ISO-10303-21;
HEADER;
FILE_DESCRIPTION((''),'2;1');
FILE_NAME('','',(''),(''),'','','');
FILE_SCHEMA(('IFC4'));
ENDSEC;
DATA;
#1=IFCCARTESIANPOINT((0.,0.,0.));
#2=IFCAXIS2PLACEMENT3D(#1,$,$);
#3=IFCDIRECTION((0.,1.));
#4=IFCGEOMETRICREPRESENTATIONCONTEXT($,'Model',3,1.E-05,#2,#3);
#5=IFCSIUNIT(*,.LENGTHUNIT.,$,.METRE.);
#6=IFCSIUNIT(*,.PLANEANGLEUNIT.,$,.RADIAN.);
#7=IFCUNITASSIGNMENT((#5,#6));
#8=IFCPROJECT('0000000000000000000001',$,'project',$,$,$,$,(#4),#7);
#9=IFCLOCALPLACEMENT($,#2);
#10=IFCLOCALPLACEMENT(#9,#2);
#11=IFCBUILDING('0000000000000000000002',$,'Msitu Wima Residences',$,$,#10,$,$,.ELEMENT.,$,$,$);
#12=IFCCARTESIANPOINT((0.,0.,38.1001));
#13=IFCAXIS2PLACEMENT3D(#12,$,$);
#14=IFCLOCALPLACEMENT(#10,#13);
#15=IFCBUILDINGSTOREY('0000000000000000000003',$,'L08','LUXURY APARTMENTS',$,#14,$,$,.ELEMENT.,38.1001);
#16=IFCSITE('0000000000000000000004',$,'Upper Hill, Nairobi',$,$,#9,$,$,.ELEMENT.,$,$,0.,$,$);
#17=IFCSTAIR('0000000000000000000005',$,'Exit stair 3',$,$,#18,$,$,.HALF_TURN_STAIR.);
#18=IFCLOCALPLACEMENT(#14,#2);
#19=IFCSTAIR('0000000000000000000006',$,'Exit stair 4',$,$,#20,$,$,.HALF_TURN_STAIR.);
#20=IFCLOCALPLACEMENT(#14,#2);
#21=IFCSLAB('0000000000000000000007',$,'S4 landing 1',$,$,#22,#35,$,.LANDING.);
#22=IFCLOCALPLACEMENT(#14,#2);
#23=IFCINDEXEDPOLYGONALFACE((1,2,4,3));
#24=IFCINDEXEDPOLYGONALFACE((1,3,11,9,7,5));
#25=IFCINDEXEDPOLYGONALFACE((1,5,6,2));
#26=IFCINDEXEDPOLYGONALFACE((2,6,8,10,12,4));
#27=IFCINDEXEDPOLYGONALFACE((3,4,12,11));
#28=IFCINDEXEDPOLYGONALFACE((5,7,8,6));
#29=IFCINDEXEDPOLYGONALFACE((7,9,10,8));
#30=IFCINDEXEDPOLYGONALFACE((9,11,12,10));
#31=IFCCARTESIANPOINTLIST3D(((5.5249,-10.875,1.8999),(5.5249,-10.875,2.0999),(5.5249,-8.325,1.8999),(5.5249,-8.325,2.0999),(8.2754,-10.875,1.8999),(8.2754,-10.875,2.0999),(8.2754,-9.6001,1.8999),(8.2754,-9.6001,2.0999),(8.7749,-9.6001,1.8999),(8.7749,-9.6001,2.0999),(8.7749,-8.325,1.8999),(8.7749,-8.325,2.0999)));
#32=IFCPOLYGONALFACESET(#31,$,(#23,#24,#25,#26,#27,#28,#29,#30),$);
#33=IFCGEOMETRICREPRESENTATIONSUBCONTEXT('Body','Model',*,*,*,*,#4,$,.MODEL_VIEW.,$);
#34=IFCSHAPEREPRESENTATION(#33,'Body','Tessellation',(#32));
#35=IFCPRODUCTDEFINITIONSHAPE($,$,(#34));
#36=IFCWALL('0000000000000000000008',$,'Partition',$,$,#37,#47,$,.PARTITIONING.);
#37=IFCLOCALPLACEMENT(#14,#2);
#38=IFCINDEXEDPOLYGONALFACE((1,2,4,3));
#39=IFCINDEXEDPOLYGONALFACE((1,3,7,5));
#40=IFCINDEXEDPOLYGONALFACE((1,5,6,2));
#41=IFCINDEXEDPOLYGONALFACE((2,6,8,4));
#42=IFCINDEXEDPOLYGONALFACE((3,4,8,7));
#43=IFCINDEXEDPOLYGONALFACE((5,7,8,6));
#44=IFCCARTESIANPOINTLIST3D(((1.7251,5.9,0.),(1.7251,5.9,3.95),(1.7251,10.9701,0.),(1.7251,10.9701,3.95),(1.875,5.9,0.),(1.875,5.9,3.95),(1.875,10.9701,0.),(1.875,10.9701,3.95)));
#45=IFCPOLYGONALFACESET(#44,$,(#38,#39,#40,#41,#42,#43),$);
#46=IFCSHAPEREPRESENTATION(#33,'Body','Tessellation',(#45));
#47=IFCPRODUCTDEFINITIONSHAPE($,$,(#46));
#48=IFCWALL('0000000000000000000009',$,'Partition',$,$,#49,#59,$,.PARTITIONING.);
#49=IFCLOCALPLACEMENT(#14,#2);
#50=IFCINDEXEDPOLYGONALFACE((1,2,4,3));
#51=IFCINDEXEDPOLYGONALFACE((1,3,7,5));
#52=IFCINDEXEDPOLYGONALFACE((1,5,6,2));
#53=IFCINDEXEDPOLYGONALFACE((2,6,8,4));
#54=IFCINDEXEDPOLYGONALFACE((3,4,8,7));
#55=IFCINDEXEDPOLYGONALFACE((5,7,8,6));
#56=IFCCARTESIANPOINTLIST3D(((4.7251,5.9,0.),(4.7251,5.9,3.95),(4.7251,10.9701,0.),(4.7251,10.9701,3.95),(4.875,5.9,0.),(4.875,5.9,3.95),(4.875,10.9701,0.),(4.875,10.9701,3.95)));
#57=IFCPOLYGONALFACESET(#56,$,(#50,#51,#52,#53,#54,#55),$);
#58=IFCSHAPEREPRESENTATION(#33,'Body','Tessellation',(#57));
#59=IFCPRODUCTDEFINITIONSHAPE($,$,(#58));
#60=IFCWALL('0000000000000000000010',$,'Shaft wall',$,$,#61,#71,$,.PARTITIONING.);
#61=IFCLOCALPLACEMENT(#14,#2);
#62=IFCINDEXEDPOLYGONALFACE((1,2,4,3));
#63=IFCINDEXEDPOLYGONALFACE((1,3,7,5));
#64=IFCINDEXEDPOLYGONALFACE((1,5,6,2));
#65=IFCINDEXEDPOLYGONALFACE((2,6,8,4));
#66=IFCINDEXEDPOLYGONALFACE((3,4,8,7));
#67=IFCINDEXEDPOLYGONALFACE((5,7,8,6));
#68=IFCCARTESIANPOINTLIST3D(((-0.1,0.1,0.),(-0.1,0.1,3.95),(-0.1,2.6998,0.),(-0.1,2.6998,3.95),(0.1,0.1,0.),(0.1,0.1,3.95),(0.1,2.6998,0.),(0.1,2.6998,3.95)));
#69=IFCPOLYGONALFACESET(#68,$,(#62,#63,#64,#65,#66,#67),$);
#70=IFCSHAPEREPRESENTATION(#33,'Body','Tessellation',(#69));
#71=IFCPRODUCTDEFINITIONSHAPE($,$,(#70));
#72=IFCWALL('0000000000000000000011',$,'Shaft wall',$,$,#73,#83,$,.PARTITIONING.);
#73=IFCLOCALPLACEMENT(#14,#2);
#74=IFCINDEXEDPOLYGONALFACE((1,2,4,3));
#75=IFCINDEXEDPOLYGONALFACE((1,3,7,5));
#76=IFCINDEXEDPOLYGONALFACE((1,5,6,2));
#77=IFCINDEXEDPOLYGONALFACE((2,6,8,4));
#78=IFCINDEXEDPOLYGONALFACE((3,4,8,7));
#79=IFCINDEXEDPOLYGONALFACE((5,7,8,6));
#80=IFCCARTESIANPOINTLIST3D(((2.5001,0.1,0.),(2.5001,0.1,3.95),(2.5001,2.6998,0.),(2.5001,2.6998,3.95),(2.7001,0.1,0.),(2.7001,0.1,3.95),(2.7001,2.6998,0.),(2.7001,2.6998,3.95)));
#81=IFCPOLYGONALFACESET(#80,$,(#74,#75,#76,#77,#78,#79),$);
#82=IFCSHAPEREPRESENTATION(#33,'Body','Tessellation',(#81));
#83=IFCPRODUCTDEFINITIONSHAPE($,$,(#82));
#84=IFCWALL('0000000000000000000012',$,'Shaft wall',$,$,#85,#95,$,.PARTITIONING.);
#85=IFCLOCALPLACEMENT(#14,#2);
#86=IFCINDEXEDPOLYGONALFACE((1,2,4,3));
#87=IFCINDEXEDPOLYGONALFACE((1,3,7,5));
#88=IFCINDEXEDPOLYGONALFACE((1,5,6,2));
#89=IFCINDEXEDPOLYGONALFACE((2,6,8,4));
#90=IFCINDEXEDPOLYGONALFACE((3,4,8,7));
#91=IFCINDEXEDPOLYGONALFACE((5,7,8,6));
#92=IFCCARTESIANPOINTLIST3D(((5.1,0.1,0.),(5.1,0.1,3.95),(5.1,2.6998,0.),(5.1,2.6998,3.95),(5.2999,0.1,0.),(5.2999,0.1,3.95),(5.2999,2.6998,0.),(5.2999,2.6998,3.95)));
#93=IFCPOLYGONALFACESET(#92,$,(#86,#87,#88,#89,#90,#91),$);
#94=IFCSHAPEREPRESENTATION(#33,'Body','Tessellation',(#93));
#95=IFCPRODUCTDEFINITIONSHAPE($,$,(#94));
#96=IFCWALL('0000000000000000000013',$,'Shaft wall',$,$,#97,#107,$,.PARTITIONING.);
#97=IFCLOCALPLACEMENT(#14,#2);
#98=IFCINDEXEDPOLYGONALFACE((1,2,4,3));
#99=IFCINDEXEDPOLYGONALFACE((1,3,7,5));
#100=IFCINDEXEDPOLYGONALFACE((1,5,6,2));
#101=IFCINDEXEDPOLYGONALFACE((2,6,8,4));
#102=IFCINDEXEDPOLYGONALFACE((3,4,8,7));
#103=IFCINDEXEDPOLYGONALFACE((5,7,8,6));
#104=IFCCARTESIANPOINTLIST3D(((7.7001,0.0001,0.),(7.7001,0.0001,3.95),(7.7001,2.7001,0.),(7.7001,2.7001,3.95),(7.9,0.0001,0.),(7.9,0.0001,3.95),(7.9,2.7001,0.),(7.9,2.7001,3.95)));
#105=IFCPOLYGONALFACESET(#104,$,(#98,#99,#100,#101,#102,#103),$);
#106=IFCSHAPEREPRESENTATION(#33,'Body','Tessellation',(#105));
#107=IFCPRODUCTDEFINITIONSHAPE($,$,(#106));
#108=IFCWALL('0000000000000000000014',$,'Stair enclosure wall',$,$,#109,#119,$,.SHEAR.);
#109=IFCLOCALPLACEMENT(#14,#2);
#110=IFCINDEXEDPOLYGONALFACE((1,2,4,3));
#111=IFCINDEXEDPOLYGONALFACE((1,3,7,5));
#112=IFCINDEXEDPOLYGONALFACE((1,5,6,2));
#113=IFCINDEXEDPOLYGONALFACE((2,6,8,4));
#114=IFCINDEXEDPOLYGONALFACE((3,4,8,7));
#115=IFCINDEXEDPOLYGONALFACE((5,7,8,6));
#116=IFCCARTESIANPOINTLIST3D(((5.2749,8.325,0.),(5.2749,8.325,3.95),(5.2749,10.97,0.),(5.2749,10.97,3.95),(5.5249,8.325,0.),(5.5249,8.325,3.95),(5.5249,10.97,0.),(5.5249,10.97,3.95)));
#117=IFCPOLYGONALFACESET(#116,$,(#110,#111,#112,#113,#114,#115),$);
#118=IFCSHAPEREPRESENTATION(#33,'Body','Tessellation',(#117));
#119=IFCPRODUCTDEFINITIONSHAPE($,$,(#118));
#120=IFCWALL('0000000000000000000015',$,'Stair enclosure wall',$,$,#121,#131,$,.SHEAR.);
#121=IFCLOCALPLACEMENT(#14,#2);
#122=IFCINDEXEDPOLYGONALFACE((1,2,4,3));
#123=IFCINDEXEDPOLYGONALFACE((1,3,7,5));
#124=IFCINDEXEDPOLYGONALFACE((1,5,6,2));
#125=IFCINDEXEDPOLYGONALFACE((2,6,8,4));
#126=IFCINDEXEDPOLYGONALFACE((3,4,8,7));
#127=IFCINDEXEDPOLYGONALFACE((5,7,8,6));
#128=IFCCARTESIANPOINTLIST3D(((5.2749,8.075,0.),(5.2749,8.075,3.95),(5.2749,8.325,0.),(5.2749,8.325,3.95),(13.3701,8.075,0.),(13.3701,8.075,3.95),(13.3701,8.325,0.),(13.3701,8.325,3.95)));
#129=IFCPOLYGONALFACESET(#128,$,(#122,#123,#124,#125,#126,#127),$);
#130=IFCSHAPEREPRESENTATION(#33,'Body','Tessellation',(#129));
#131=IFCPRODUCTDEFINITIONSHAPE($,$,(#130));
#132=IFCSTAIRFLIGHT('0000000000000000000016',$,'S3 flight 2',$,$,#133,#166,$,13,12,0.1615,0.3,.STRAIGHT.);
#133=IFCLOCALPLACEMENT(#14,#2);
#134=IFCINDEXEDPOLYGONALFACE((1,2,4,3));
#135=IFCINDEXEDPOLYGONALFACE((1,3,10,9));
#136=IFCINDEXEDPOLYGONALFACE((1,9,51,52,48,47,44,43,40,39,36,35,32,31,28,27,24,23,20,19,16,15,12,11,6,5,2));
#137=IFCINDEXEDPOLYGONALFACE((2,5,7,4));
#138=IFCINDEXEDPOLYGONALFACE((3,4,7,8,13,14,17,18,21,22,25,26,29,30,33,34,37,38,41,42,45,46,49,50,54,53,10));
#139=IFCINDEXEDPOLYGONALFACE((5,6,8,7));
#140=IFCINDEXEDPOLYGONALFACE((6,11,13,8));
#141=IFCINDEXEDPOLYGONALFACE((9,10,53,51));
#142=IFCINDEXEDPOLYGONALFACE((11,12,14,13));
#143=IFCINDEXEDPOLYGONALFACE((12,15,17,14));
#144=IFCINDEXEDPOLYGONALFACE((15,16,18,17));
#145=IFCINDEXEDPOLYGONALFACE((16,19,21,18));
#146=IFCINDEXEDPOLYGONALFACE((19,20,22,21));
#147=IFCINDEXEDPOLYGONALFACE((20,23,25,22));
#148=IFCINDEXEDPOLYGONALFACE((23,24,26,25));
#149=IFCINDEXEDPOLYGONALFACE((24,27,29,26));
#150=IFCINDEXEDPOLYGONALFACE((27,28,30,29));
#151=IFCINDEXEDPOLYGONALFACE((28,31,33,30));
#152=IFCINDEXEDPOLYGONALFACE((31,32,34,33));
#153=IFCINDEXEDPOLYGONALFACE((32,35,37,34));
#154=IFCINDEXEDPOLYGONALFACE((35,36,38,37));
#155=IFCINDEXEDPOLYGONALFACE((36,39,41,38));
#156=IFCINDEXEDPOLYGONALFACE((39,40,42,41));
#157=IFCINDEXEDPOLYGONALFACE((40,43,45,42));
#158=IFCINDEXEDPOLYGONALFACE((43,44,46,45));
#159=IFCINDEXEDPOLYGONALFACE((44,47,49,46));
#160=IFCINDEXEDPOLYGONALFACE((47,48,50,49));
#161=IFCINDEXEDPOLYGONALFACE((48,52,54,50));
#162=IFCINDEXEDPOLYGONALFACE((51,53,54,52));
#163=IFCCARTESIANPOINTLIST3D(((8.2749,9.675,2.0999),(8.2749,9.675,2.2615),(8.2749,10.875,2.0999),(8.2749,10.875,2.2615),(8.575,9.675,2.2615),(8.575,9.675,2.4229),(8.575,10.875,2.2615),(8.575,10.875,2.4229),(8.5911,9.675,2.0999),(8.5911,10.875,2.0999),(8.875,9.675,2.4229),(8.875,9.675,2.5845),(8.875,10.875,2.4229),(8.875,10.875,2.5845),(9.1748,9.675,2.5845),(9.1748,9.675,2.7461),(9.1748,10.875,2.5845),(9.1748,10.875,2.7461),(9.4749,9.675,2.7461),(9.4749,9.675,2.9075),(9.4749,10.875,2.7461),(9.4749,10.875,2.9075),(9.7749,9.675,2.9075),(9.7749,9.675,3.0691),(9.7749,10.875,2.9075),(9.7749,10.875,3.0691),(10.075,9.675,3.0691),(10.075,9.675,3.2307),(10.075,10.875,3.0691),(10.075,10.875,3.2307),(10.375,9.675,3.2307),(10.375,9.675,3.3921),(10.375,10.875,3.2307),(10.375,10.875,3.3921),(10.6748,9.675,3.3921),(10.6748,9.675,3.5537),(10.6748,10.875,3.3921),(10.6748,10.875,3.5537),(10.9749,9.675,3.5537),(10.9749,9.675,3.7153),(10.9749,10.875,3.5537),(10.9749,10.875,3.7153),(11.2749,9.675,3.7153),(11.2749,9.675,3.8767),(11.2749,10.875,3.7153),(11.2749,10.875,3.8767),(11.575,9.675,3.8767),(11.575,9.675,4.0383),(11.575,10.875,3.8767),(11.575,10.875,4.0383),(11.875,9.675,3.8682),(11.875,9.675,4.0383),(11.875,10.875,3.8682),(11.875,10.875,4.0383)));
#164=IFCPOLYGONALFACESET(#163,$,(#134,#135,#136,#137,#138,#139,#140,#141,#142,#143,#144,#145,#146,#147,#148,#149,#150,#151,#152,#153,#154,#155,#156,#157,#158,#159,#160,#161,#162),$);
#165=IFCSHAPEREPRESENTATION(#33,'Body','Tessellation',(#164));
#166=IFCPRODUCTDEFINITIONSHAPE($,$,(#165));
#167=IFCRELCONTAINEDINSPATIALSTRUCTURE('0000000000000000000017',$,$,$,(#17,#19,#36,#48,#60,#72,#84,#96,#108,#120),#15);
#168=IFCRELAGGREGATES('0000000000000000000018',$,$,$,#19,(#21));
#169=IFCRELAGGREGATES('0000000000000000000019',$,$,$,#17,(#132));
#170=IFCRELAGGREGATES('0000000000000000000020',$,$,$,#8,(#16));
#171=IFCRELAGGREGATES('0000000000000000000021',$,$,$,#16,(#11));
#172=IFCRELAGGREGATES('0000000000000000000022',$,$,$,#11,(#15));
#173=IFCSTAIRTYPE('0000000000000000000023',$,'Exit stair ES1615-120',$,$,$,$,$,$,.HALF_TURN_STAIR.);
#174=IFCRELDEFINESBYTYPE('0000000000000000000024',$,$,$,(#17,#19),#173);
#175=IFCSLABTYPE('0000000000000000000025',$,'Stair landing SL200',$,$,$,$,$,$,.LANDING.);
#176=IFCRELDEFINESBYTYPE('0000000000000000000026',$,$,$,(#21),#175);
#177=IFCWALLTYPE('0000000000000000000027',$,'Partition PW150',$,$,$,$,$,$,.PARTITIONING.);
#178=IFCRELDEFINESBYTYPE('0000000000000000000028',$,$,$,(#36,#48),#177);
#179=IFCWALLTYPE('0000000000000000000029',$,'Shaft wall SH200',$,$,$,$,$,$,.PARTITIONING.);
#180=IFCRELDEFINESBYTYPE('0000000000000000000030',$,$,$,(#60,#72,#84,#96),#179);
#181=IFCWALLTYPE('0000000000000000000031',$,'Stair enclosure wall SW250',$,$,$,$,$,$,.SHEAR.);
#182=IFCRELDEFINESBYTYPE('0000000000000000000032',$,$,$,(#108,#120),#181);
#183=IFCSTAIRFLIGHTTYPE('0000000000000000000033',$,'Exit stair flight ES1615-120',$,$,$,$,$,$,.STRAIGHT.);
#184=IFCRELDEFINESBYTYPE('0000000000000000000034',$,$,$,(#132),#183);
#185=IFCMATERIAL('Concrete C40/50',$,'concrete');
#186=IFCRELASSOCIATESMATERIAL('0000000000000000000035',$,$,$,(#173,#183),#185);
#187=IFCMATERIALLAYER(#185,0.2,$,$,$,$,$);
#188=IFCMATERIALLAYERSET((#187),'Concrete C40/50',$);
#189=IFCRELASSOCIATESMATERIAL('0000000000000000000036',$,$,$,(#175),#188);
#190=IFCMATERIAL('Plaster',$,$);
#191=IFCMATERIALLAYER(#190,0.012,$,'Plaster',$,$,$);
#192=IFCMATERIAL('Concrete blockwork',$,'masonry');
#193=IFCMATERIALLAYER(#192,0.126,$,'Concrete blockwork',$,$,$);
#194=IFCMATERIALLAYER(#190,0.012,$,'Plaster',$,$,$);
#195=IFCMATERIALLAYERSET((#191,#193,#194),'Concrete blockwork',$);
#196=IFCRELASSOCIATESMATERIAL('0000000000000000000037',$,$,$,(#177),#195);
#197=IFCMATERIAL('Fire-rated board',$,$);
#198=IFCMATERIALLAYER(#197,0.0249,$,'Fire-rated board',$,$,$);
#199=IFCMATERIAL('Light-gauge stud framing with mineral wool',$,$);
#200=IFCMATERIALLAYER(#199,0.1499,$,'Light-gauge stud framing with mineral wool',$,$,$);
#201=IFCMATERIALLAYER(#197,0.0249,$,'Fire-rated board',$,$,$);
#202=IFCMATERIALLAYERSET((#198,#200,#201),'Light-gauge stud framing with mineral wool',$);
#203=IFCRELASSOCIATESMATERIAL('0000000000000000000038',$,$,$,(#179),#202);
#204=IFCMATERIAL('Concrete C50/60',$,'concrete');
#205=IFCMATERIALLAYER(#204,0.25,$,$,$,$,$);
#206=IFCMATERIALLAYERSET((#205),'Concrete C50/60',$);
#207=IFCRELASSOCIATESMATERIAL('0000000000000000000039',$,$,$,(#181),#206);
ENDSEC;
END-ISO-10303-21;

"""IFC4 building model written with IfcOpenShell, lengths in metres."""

from ifc_helpers import new_model, si_unit, direction, frame, frame_2d, origin, place, context, subcontext, project, spatial, polyline, rectangle, outline, extrude, material, layer, layer_set, type_object, element, aggregate, save


model = new_model("IFC4")

# Units and contexts
model_context = context("Model", 3, precision=1e-05, world=origin(), true_north=direction((0.0, 1.0)))
body_context = subcontext(model_context, "Body", "Model", "MODEL_VIEW")
ifc_project = project(units=[si_unit("LENGTHUNIT", "METRE"), si_unit("PLANEANGLEUNIT", "RADIAN")], contexts=[model_context])

# Site, building, storey
site_placement = place(None, origin())
site = spatial("IfcSite", under=ifc_project, at=site_placement, Name="Upper Hill, Nairobi", CompositionType="ELEMENT", RefElevation=0.0)
building_placement = place(site_placement, origin())
building = spatial("IfcBuilding", under=site, at=building_placement, Name="Msitu Wima Residences", CompositionType="ELEMENT")
storey_placement = place(building_placement, frame((0.0, 0.0, 38.1001)))
storey = spatial("IfcBuildingStorey", under=building, at=storey_placement, Name="L08", Description="LUXURY APARTMENTS", CompositionType="ELEMENT", Elevation=38.1001)

# Shared definitions
ifc_material_1 = material(Name="Concrete C40/50", Category="concrete")

# Stairs, slab
stair_type = type_object("IfcStairType", Name="Exit stair ES1615-120", PredefinedType="HALF_TURN_STAIR", material=ifc_material_1)
ifc_layer_1 = layer(ifc_material_1, 0.2)
ifc_layer_set_1 = layer_set([ifc_layer_1], Name="Concrete C40/50")
slab_type_1 = type_object("IfcSlabType", Name="Stair landing SL200", PredefinedType="LANDING", material=ifc_layer_set_1)
stair_1_placement = place(storey_placement, origin())
stair_1 = element("IfcStair", 1, at=stair_1_placement, inside=storey, type_object=stair_type, Name="Exit stair 3", PredefinedType="HALF_TURN_STAIR")
stair_2_placement = place(storey_placement, origin())
stair_2 = element("IfcStair", 2, at=stair_2_placement, inside=storey, type_object=stair_type, Name="Exit stair 4", PredefinedType="HALF_TURN_STAIR")
slab_1_placement = place(storey_placement, frame((0.0, 0.0, 1.8999)))
slab_1 = element("IfcSlab", 3, at=slab_1_placement, type_object=slab_type_1, Name="S4 landing 1", PredefinedType="LANDING", context=body_context, shape_type="SweptSolid", body=[
    extrude(outline(polyline([(5.5249, -10.875), (8.2754, -10.875), (8.2754, -9.6001), (8.7749, -9.6001), (8.7749, -8.325), (5.5249, -8.325), (5.5249, -10.875)])), origin(), (0.0, 0.0, 1.0), 0.2),
])
aggregate(stair_2, [slab_1])

# Walls
ifc_material_2 = material(Name="Plaster")
ifc_layer_2 = layer(ifc_material_2, 0.012, Name="Plaster")
ifc_material_3 = material(Name="Concrete blockwork", Category="masonry")
ifc_layer_3 = layer(ifc_material_3, 0.126, Name="Concrete blockwork")
ifc_layer_4 = layer(ifc_material_2, 0.012, Name="Plaster")
ifc_layer_set_2 = layer_set([ifc_layer_2, ifc_layer_3, ifc_layer_4], Name="Concrete blockwork")
wall_type_1 = type_object("IfcWallType", Name="Partition PW150", PredefinedType="PARTITIONING", material=ifc_layer_set_2)
for number, where, z_axis, x_axis, name in (
    (4, (1.8, 5.8999, 0.0), (0.0, 0.0, 1.0), (0.0, 1.0, 0.0), "Partition"),
    (5, (4.8, 5.8999, 0.0), (0.0, 0.0, 1.0), (0.0, 1.0, 0.0), "Partition"),
):
    element("IfcWall", number, at=place(storey_placement, frame(where, z_axis=z_axis, x_axis=x_axis)), inside=storey, type_object=wall_type_1, Name=name, PredefinedType="PARTITIONING", context=body_context, shape_type="SweptSolid", body=[
        extrude(rectangle(XDim=5.0701, YDim=0.1499, at=frame_2d((2.5352, 0.0))), origin(), (0.0, 0.0, 1.0), 3.95),
    ])
ifc_material_4 = material(Name="Fire-rated board")
ifc_layer_5 = layer(ifc_material_4, 0.0249, Name="Fire-rated board")
ifc_material_5 = material(Name="Light-gauge stud framing with mineral wool")
ifc_layer_6 = layer(ifc_material_5, 0.1499, Name="Light-gauge stud framing with mineral wool")
ifc_layer_7 = layer(ifc_material_4, 0.0249, Name="Fire-rated board")
ifc_layer_set_3 = layer_set([ifc_layer_5, ifc_layer_6, ifc_layer_7], Name="Light-gauge stud framing with mineral wool")
wall_type_2 = type_object("IfcWallType", Name="Shaft wall SH200", PredefinedType="PARTITIONING", material=ifc_layer_set_3)
for number, where, z_axis, x_axis, name in (
    (6, (0.0, 0.1001, 0.0), (0.0, 0.0, 1.0), (0.0, 1.0, 0.0), "Shaft wall"),
    (7, (2.6001, 0.1001, 0.0), (0.0, 0.0, 1.0), (0.0, 1.0, 0.0), "Shaft wall"),
    (8, (5.2, 0.1001, 0.0), (0.0, 0.0, 1.0), (0.0, 1.0, 0.0), "Shaft wall"),
):
    element("IfcWall", number, at=place(storey_placement, frame(where, z_axis=z_axis, x_axis=x_axis)), inside=storey, type_object=wall_type_2, Name=name, PredefinedType="PARTITIONING", context=body_context, shape_type="SweptSolid", body=[
        extrude(rectangle(XDim=2.5999, YDim=0.2, at=frame_2d((1.2998, 0.0))), origin(), (0.0, 0.0, 1.0), 3.95),
    ])
wall_1_placement = place(storey_placement, frame((7.8, 0.0, 0.0), z_axis=(0.0, 0.0, 1.0), x_axis=(0.0, 1.0, 0.0)))
element("IfcWall", 9, at=wall_1_placement, inside=storey, type_object=wall_type_2, Name="Shaft wall", PredefinedType="PARTITIONING", context=body_context, shape_type="SweptSolid", body=[
    extrude(rectangle(XDim=2.7, YDim=0.2, at=frame_2d((1.3501, 0.0))), origin(), (0.0, 0.0, 1.0), 3.95),
])
ifc_material_6 = material(Name="Concrete C50/60", Category="concrete")
ifc_layer_8 = layer(ifc_material_6, 0.25)
ifc_layer_set_4 = layer_set([ifc_layer_8], Name="Concrete C50/60")
wall_type_3 = type_object("IfcWallType", Name="Stair enclosure wall SW250", PredefinedType="SHEAR", material=ifc_layer_set_4)
wall_2_placement = place(storey_placement, frame((5.3999, 8.325, 0.0), z_axis=(0.0, 0.0, 1.0), x_axis=(0.0, 1.0, 0.0)))
element("IfcWall", 10, at=wall_2_placement, inside=storey, type_object=wall_type_3, Name="Stair enclosure wall", PredefinedType="SHEAR", context=body_context, shape_type="SweptSolid", body=[
    extrude(rectangle(XDim=2.645, YDim=0.25, at=frame_2d((1.3225, 0.0))), origin(), (0.0, 0.0, 1.0), 3.95),
])
wall_3_placement = place(storey_placement, frame((5.2749, 8.2, 0.0), z_axis=(0.0, 0.0, 1.0), x_axis=(1.0, 0.0, 0.0)))
element("IfcWall", 11, at=wall_3_placement, inside=storey, type_object=wall_type_3, Name="Stair enclosure wall", PredefinedType="SHEAR", context=body_context, shape_type="SweptSolid", body=[
    extrude(rectangle(XDim=8.0952, YDim=0.25, at=frame_2d((4.0476, 0.0))), origin(), (0.0, 0.0, 1.0), 3.95),
])

# Stair flight
stair_flight_type = type_object("IfcStairFlightType", Name="Exit stair flight ES1615-120", PredefinedType="STRAIGHT", material=ifc_material_1)
stair_flight_placement = place(storey_placement, frame((8.2749, 10.2749, 2.0999), z_axis=(0.0, 0.0, 1.0), x_axis=(1.0, 0.0, 0.0)))
stair_flight = element("IfcStairFlight", 12, at=stair_flight_placement, type_object=stair_flight_type, Name="S3 flight 2", NumberOfRisers=13, NumberOfTreads=12, PredefinedType="STRAIGHT", RiserHeight=0.1615, TreadLength=0.3, context=body_context, shape_type="SweptSolid", body=[
    extrude(outline(polyline([(0.0, 0.0), (0.0, 0.1616), (0.3, 0.1616), (0.3, 0.323), (0.6001, 0.323), (0.6001, 0.4846), (0.8999, 0.4846), (0.8999, 0.6462), (1.2, 0.6462), (1.2, 0.8076), (1.5, 0.8076), (1.5, 0.9692), (1.8, 0.9692), (1.8, 1.1309), (2.1001, 1.1309), (2.1001, 1.2922), (2.3999, 1.2922), (2.3999, 1.4539), (2.7, 1.4539), (2.7, 1.6155), (3.0, 1.6155), (3.0, 1.7769), (3.3, 1.7769), (3.3, 1.9385), (3.6001, 1.9385), (3.6001, 2.1001), (3.6001, 1.7683), (0.3162, 0.0), (0.0, 0.0)])), frame((0.0, 0.6001, 0.0), z_axis=(0.0, -1.0, 0.0), x_axis=(1.0, 0.0, 0.0)), (0.0, 0.0, 1.0), 1.2),
])
aggregate(stair_1, [stair_flight])

save(model, "model.ifc")
